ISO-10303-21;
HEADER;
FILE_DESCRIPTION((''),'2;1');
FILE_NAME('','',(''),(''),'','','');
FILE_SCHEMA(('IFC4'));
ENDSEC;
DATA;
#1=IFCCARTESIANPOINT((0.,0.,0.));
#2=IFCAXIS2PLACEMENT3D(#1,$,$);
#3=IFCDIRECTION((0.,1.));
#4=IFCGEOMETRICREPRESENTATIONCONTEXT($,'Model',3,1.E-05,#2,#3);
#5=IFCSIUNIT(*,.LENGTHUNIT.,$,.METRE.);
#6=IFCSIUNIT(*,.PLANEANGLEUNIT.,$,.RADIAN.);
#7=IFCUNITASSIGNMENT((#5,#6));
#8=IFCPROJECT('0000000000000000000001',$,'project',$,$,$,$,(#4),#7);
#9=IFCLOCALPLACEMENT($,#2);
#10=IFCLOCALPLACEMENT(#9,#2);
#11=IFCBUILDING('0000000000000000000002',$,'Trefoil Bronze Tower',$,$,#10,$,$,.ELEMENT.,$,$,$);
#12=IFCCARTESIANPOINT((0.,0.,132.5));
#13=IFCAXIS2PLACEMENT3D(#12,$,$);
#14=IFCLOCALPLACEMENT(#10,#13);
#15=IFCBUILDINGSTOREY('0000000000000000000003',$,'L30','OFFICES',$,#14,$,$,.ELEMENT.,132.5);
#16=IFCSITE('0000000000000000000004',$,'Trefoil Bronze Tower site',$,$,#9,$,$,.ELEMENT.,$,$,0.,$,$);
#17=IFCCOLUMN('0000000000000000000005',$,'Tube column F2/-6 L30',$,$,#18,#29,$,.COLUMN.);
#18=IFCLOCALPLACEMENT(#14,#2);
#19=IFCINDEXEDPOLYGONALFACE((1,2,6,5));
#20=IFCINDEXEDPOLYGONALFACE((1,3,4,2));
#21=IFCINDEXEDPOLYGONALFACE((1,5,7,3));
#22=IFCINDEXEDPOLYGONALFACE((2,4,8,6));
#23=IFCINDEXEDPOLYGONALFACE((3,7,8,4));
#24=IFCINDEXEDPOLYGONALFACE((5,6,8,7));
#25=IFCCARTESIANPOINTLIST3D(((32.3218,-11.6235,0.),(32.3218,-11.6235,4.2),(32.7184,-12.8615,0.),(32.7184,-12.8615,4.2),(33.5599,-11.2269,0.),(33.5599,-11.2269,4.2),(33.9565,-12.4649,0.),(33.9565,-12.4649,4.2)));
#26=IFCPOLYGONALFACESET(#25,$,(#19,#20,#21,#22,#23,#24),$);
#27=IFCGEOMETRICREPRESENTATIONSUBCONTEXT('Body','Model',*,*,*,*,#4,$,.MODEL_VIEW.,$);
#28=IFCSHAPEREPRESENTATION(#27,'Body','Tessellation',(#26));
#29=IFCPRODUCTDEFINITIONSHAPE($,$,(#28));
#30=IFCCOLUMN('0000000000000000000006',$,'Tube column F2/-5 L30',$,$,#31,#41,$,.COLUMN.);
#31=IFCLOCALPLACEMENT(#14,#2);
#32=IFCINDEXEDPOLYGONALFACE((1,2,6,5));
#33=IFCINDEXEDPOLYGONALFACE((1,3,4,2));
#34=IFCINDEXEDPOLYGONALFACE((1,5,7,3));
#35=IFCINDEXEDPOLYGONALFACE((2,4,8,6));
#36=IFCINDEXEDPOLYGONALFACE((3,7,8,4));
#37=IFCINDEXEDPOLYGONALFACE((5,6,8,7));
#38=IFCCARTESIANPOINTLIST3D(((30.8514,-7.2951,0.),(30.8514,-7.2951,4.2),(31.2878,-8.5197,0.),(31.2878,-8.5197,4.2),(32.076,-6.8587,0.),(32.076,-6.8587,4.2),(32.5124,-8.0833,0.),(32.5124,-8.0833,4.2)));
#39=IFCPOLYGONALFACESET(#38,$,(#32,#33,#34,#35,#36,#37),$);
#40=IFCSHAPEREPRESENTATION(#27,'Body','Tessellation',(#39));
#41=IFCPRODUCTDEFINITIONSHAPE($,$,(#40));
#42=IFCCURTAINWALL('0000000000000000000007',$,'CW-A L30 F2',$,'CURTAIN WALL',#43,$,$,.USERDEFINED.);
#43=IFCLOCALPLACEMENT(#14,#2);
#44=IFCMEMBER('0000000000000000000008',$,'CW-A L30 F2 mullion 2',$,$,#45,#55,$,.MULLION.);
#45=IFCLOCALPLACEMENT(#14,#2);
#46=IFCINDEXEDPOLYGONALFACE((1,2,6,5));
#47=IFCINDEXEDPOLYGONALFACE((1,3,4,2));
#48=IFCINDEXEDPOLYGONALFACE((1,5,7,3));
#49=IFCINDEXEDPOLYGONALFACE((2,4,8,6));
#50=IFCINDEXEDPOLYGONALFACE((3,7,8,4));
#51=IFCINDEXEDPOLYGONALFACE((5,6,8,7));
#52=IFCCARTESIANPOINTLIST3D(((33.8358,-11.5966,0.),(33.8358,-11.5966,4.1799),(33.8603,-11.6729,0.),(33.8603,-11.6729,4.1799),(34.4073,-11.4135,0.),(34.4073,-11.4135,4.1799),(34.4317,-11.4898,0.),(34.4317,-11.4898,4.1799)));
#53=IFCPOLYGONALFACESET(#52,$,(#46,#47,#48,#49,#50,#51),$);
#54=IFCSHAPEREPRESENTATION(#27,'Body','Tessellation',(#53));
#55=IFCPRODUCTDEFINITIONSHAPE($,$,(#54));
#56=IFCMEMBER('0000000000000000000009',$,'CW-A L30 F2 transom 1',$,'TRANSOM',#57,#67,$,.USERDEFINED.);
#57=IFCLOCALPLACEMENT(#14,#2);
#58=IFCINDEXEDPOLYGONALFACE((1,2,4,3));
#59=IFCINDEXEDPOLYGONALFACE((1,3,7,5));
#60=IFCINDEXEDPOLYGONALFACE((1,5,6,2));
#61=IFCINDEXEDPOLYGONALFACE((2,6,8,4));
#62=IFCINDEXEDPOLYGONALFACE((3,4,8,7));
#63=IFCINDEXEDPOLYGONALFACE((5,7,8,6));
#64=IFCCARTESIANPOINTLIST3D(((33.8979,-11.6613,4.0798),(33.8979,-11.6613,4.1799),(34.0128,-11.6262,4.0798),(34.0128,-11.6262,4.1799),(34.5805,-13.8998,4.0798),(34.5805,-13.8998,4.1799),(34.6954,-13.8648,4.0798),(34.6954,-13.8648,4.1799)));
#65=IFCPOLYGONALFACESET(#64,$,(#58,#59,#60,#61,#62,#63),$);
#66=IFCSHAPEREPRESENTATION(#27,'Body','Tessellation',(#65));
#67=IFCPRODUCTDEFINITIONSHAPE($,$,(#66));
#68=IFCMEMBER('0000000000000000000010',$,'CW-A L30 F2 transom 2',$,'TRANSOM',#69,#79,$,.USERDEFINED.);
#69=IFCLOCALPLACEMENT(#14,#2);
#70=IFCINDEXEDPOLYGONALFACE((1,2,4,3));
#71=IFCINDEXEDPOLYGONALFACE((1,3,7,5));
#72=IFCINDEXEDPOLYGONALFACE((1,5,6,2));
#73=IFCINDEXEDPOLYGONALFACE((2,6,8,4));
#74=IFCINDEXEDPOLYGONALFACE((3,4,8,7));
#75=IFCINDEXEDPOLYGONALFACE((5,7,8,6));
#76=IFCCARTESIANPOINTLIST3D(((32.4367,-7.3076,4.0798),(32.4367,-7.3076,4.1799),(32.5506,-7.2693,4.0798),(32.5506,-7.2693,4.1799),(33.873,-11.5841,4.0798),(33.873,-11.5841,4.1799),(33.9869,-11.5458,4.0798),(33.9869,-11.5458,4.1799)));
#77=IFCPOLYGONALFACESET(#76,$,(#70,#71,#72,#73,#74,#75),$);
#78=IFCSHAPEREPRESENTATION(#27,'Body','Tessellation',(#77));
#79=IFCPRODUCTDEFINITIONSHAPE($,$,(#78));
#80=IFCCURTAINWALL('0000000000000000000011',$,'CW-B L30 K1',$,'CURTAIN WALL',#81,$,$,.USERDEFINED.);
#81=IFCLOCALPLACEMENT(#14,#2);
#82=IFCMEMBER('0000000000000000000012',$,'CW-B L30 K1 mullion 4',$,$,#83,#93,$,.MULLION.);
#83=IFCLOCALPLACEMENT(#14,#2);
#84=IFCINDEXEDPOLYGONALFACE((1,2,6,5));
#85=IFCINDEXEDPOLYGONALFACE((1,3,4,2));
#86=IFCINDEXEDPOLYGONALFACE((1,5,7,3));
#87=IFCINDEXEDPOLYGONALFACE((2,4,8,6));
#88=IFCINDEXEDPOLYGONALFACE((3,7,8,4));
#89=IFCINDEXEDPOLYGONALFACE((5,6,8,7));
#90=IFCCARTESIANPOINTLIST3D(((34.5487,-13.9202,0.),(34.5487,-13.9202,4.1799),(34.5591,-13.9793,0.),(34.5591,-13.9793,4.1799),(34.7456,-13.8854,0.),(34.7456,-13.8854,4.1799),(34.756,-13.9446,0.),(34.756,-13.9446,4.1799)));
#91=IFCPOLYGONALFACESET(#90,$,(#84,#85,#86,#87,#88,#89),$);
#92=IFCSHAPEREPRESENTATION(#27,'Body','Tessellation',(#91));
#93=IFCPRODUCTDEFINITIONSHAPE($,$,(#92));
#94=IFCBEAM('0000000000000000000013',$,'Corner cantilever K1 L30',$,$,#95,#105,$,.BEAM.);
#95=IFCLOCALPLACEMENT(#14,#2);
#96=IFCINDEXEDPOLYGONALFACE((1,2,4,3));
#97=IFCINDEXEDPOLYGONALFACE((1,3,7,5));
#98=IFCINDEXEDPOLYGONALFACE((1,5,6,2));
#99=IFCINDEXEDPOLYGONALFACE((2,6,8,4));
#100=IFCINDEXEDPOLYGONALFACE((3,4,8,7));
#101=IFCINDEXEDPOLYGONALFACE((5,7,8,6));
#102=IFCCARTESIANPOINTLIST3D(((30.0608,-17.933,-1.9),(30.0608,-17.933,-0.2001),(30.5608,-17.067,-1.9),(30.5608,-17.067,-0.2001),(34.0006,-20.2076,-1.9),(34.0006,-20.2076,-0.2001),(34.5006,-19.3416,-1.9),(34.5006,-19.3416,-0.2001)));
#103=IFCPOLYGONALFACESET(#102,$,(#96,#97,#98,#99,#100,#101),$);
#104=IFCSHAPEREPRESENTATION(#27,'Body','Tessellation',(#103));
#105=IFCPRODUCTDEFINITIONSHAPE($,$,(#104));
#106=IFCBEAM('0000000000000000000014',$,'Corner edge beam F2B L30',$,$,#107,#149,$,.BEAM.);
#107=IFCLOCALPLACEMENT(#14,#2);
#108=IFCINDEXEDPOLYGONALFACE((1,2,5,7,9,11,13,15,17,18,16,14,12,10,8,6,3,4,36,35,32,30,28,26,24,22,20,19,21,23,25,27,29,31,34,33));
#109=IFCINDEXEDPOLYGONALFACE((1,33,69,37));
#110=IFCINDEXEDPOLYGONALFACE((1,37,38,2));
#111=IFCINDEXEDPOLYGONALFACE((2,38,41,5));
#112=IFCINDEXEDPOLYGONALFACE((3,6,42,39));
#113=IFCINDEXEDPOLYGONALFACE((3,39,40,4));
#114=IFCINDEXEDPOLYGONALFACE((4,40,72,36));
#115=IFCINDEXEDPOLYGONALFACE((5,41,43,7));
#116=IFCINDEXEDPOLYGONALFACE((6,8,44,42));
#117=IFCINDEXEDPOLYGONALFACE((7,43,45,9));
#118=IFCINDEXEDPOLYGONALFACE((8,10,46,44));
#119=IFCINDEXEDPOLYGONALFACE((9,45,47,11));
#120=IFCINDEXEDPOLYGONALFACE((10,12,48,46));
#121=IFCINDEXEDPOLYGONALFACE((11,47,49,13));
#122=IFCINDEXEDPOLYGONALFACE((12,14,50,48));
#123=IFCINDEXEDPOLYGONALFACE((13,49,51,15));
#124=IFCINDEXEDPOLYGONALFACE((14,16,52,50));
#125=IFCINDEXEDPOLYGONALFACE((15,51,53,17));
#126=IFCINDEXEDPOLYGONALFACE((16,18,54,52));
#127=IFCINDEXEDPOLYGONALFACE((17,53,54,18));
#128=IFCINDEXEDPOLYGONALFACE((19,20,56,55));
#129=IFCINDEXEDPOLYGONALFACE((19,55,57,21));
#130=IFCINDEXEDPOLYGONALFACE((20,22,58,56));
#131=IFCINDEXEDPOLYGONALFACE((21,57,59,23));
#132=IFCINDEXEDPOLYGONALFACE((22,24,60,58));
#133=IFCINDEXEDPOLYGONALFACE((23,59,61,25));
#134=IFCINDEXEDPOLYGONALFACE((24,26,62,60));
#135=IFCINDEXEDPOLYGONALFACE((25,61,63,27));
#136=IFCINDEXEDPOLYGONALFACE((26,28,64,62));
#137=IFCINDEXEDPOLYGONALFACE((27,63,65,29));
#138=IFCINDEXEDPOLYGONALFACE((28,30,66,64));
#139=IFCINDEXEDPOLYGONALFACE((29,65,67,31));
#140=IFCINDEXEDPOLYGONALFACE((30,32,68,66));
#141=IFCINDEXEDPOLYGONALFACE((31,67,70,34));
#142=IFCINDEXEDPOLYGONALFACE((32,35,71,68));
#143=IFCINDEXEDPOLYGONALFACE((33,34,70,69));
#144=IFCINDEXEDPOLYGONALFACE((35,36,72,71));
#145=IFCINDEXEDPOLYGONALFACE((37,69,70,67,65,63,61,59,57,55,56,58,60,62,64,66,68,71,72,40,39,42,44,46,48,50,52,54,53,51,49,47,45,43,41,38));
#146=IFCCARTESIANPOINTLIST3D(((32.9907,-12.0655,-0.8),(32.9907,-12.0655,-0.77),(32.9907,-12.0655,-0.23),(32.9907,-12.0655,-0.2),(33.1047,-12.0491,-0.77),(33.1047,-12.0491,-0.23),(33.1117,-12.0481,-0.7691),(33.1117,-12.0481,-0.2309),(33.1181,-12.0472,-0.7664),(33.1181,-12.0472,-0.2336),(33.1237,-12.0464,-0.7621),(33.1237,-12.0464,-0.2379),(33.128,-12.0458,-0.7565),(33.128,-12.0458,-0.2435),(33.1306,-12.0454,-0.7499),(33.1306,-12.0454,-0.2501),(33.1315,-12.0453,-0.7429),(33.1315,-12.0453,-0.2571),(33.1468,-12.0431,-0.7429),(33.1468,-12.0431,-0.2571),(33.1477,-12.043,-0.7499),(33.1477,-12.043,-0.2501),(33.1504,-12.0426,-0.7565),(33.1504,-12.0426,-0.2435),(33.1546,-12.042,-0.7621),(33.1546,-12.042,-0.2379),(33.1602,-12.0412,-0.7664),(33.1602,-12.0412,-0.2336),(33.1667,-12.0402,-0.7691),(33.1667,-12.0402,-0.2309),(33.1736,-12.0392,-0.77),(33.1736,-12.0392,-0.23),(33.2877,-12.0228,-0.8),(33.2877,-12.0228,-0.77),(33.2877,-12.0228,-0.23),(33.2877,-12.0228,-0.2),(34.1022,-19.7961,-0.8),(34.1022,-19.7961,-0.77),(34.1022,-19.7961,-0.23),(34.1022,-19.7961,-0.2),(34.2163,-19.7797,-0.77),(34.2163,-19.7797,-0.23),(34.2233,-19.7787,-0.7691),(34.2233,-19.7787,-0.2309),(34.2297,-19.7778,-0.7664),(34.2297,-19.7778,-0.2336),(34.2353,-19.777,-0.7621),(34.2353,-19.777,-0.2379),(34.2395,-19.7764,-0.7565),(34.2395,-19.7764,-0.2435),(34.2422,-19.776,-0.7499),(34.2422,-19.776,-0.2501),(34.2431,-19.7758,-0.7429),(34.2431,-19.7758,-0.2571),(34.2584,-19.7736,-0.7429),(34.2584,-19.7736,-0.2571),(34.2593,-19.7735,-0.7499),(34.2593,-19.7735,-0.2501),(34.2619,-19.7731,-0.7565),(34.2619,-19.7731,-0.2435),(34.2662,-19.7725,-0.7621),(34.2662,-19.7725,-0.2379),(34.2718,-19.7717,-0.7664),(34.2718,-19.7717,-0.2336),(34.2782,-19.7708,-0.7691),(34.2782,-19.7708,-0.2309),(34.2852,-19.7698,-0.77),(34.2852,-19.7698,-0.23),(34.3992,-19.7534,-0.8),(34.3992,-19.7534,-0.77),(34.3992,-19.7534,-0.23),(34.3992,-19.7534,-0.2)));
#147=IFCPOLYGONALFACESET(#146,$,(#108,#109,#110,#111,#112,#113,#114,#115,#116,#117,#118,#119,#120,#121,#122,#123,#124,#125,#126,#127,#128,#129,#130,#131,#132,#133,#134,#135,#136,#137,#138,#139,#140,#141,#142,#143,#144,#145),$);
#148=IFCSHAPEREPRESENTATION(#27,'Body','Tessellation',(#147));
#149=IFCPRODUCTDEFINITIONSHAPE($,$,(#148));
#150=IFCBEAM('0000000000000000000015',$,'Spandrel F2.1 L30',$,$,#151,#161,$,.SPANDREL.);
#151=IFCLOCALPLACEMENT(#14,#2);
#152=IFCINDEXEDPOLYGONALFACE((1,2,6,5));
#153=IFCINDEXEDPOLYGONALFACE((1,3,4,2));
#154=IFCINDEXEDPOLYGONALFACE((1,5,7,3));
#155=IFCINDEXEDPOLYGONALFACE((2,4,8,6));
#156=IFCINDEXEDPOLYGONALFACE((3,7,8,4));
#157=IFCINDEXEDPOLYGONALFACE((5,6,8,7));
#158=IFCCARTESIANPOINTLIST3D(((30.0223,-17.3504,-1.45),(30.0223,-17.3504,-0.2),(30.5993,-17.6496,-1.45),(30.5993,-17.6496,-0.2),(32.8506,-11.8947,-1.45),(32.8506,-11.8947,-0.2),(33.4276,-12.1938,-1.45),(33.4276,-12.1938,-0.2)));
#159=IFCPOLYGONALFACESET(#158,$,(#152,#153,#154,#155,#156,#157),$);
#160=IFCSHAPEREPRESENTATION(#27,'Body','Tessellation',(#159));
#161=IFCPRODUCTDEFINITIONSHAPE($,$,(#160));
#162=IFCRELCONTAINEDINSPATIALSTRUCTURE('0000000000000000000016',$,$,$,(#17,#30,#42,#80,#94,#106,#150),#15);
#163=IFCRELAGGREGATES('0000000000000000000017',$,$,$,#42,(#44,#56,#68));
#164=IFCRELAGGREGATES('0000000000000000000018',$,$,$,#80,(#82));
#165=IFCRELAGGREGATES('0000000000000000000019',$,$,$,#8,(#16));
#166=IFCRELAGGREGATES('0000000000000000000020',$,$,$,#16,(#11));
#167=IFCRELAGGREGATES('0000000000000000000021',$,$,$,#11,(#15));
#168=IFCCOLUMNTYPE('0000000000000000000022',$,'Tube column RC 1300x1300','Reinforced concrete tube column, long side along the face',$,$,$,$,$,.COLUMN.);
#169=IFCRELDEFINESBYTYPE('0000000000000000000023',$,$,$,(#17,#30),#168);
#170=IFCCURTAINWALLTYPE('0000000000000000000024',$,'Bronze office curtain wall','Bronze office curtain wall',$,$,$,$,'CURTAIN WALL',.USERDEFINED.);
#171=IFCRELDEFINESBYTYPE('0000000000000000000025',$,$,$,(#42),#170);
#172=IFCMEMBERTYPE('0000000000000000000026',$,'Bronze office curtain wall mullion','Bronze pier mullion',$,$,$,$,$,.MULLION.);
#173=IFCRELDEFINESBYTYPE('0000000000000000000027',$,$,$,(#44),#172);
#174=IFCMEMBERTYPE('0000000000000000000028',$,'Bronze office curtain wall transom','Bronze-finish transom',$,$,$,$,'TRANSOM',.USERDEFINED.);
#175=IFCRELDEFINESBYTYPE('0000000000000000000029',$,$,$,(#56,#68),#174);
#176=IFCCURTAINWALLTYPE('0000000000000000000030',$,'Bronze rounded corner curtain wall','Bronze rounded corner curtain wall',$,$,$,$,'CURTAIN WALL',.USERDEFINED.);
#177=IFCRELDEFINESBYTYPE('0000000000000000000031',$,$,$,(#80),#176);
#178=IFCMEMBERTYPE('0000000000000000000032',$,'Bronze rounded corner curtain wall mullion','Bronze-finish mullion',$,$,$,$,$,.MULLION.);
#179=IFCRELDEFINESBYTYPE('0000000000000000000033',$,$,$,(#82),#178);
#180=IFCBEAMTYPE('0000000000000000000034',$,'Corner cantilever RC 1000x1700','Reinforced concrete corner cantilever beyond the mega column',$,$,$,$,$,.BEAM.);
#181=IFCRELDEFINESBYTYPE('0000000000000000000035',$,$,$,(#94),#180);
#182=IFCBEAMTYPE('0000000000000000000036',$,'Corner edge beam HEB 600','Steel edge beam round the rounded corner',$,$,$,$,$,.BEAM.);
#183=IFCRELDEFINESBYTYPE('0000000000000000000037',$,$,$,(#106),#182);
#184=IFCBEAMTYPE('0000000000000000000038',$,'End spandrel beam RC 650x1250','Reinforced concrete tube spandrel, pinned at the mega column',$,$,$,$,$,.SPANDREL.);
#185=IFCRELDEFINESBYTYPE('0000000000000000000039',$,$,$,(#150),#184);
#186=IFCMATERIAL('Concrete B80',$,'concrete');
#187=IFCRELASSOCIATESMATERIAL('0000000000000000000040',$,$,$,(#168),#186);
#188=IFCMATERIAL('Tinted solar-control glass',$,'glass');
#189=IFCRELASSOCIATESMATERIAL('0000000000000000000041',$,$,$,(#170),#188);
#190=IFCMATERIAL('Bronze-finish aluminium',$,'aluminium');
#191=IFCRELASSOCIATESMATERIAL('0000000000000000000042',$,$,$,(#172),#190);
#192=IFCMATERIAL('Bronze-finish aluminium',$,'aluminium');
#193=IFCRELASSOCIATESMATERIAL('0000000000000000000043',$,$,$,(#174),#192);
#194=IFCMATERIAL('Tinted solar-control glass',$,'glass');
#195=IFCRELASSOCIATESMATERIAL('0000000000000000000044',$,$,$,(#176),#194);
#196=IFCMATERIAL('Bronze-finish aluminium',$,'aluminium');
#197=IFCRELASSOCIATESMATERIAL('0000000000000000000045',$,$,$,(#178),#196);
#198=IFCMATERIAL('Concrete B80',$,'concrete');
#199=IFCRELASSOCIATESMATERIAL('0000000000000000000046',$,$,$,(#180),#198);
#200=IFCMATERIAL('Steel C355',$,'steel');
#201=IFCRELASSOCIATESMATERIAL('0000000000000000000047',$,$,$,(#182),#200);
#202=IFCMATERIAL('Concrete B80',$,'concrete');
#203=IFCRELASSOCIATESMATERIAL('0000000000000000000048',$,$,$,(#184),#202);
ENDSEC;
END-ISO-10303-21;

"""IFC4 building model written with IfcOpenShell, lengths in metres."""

from ifc_helpers import new_model, si_unit, direction, frame, origin, origin_2d, place, context, subcontext, project, spatial, rectangle, i_section, extrude, material, material_profile, profile_set, type_object, element, aggregate, save


model = new_model("IFC4")

# Units and contexts
model_context = context("Model", 3, precision=1e-05, world=origin(), true_north=direction((0.0, 1.0)))
body_context = subcontext(model_context, "Body", "Model", "MODEL_VIEW")
ifc_project = project(units=[si_unit("LENGTHUNIT", "METRE"), si_unit("PLANEANGLEUNIT", "RADIAN")], contexts=[model_context])

# Site, building, storey
site_placement = place(None, origin())
site = spatial("IfcSite", under=ifc_project, at=site_placement, Name="Trefoil Bronze Tower site", CompositionType="ELEMENT", RefElevation=0.0)
building_placement = place(site_placement, origin())
building = spatial("IfcBuilding", under=site, at=building_placement, Name="Trefoil Bronze Tower", CompositionType="ELEMENT")
storey_placement = place(building_placement, frame((0.0, 0.0, 132.5)))
storey = spatial("IfcBuildingStorey", under=building, at=storey_placement, Name="L30", Description="OFFICES", CompositionType="ELEMENT", Elevation=132.5)

# Columns
ifc_material_1 = material(Name="Concrete B80", Category="concrete")
ifc_material_profile_1 = material_profile(ifc_material_1, rectangle(XDim=1.3, YDim=1.3, at=origin_2d()), Name="RC 1300x1300")
ifc_profile_set_1 = profile_set([ifc_material_profile_1], Name="Concrete B80")
column_type = type_object("IfcColumnType", Name="Tube column RC 1300x1300", Description="Reinforced concrete tube column, long side along the face", PredefinedType="COLUMN", material=ifc_profile_set_1)
for number, where, z_axis, x_axis, name in (
    (1, (33.1392, -12.0442, 0.0), (0.0, 0.0, 1.0), (-0.305066, 0.952331, 0.0), "Tube column F2/-6 L30"),
    (2, (31.6819, -7.6892, 0.0), (0.0, 0.0, 1.0), (-0.335718, 0.941963, 0.0), "Tube column F2/-5 L30"),
):
    element("IfcColumn", number, at=place(storey_placement, frame(where, z_axis=z_axis, x_axis=x_axis)), inside=storey, type_object=column_type, Name=name, PredefinedType="COLUMN", context=body_context, shape_type="SweptSolid", body=[
        extrude(rectangle(XDim=1.3, YDim=1.3, at=origin_2d()), origin(), (0.0, 0.0, 1.0), 4.2),
    ])

# Curtain wall, members
ifc_material_2 = material(Name="Tinted solar-control glass", Category="glass")
curtain_wall_type_1 = type_object("IfcCurtainWallType", Name="Bronze office curtain wall", Description="Bronze office curtain wall", ElementType="CURTAIN WALL", PredefinedType="USERDEFINED", material=ifc_material_2)
curtain_wall_1_placement = place(storey_placement, origin())
curtain_wall_1 = element("IfcCurtainWall", 3, at=curtain_wall_1_placement, inside=storey, type_object=curtain_wall_type_1, Name="CW-A L30 F2", ObjectType="CURTAIN WALL", PredefinedType="USERDEFINED")
ifc_material_3 = material(Name="Bronze-finish aluminium", Category="aluminium")
ifc_material_profile_2 = material_profile(ifc_material_3, rectangle(XDim=0.6001, YDim=0.0801, at=origin_2d()), Name="CW-A mullion")
ifc_profile_set_2 = profile_set([ifc_material_profile_2], Name="Bronze-finish aluminium")
member_type_1 = type_object("IfcMemberType", Name="Bronze office curtain wall mullion", Description="Bronze pier mullion", PredefinedType="MULLION", material=ifc_profile_set_2)
member_1_placement = place(storey_placement, frame((34.1338, -11.5432, 0.0), z_axis=(0.0, 0.0, 1.0), x_axis=(-0.952331, -0.305066, 0.0)))
member_1 = element("IfcMember", 4, at=member_1_placement, type_object=member_type_1, Name="CW-A L30 F2 mullion 2", PredefinedType="MULLION", context=body_context, shape_type="SweptSolid", body=[
    extrude(rectangle(XDim=0.6001, YDim=0.0801, at=origin_2d()), origin(), (0.0, 0.0, 1.0), 4.1799),
])
ifc_material_4 = material(Name="Bronze-finish aluminium", Category="aluminium")
ifc_material_profile_3 = material_profile(ifc_material_4, rectangle(XDim=0.1201, YDim=0.1001, at=origin_2d()), Name="CW-A transom")
ifc_profile_set_3 = profile_set([ifc_material_profile_3], Name="Bronze-finish aluminium")
member_type_2 = type_object("IfcMemberType", Name="Bronze office curtain wall transom", Description="Bronze-finish transom", ElementType="TRANSOM", PredefinedType="USERDEFINED", material=ifc_profile_set_3)
member_2_placement = place(storey_placement, frame((34.6379, -13.8823, 4.1299), z_axis=(-0.29168, 0.956516, 0.0), x_axis=(-0.956516, -0.29168, 0.0)))
member_2 = element("IfcMember", 5, at=member_2_placement, type_object=member_type_2, Name="CW-A L30 F2 transom 1", ObjectType="TRANSOM", PredefinedType="USERDEFINED", context=body_context, shape_type="SweptSolid", body=[
    extrude(rectangle(XDim=0.1201, YDim=0.1001, at=origin_2d()), origin(), (0.0, 0.0, 1.0), 2.3403),
])
member_3_placement = place(storey_placement, frame((33.9299, -11.5649, 4.1299), z_axis=(-0.318386, 0.947961, 0.0), x_axis=(-0.947961, -0.318386, 0.0)))
member_3 = element("IfcMember", 6, at=member_3_placement, type_object=member_type_2, Name="CW-A L30 F2 transom 2", ObjectType="TRANSOM", PredefinedType="USERDEFINED", context=body_context, shape_type="SweptSolid", body=[
    extrude(rectangle(XDim=0.1201, YDim=0.1001, at=origin_2d()), origin(), (0.0, 0.0, 1.0), 4.5112),
])

# Curtain wall, member
ifc_material_5 = material(Name="Tinted solar-control glass", Category="glass")
curtain_wall_type_2 = type_object("IfcCurtainWallType", Name="Bronze rounded corner curtain wall", Description="Bronze rounded corner curtain wall", ElementType="CURTAIN WALL", PredefinedType="USERDEFINED", material=ifc_material_5)
curtain_wall_2_placement = place(storey_placement, origin())
curtain_wall_2 = element("IfcCurtainWall", 7, at=curtain_wall_2_placement, inside=storey, type_object=curtain_wall_type_2, Name="CW-B L30 K1", ObjectType="CURTAIN WALL", PredefinedType="USERDEFINED")
ifc_material_6 = material(Name="Bronze-finish aluminium", Category="aluminium")
ifc_material_profile_4 = material_profile(ifc_material_6, rectangle(XDim=0.2, YDim=0.0601, at=origin_2d()), Name="CW-B mullion")
ifc_profile_set_4 = profile_set([ifc_material_profile_4], Name="Bronze-finish aluminium")
member_type_3 = type_object("IfcMemberType", Name="Bronze rounded corner curtain wall mullion", Description="Bronze-finish mullion", PredefinedType="MULLION", material=ifc_profile_set_4)
member_4_placement = place(storey_placement, frame((34.6523, -13.9324, 0.0), z_axis=(0.0, 0.0, 1.0), x_axis=(-0.984808, -0.173648, 0.0)))
member_4 = element("IfcMember", 8, at=member_4_placement, type_object=member_type_3, Name="CW-B L30 K1 mullion 4", PredefinedType="MULLION", context=body_context, shape_type="SweptSolid", body=[
    extrude(rectangle(XDim=0.2, YDim=0.0601, at=origin_2d()), origin(), (0.0, 0.0, 1.0), 4.1799),
])

# Beams
ifc_material_7 = material(Name="Concrete B80", Category="concrete")
ifc_material_profile_5 = material_profile(ifc_material_7, rectangle(XDim=1.0, YDim=1.7, at=origin_2d()), Name="RC 1000x1700")
ifc_profile_set_5 = profile_set([ifc_material_profile_5], Name="Concrete B80")
beam_type_1 = type_object("IfcBeamType", Name="Corner cantilever RC 1000x1700", Description="Reinforced concrete corner cantilever beyond the mega column", PredefinedType="BEAM", material=ifc_profile_set_5)
beam_1_placement = place(storey_placement, frame((30.3108, -17.5, -1.05), z_axis=(0.866032, -0.499989, 0.0), x_axis=(0.499989, 0.866032, 0.0)))
element("IfcBeam", 9, at=beam_1_placement, inside=storey, type_object=beam_type_1, Name="Corner cantilever K1 L30", PredefinedType="BEAM", context=body_context, shape_type="SweptSolid", body=[
    extrude(rectangle(XDim=1.0, YDim=1.7, at=origin_2d()), origin(), (0.0, 0.0, 1.0), 4.5493),
])
ifc_material_8 = material(Name="Steel C355", Category="steel")
ifc_material_profile_6 = material_profile(ifc_material_8, i_section(OverallWidth=0.3, OverallDepth=0.6001, WebThickness=0.0154, FlangeThickness=0.03, FilletRadius=0.0271, at=origin_2d()), Name="HEB 600")
ifc_profile_set_6 = profile_set([ifc_material_profile_6], Name="Steel C355")
beam_type_2 = type_object("IfcBeamType", Name="Corner edge beam HEB 600", Description="Steel edge beam round the rounded corner", PredefinedType="BEAM", material=ifc_profile_set_6)
beam_2_placement = place(storey_placement, frame((33.1392, -12.0442, -0.5), z_axis=(0.142327, -0.98982, 0.0), x_axis=(0.98982, 0.142327, 0.0)))
element("IfcBeam", 10, at=beam_2_placement, inside=storey, type_object=beam_type_2, Name="Corner edge beam F2B L30", PredefinedType="BEAM", context=body_context, shape_type="SweptSolid", body=[
    extrude(i_section(OverallWidth=0.3, OverallDepth=0.6001, WebThickness=0.0154, FlangeThickness=0.03, FilletRadius=0.0271, at=origin_2d()), origin(), (0.0, 0.0, 1.0), 7.8101),
])
ifc_material_9 = material(Name="Concrete B80", Category="concrete")
ifc_material_profile_7 = material_profile(ifc_material_9, rectangle(XDim=0.6499, YDim=1.25, at=origin_2d()), Name="RC 650x1250")
ifc_profile_set_7 = profile_set([ifc_material_profile_7], Name="Concrete B80")
beam_type_3 = type_object("IfcBeamType", Name="End spandrel beam RC 650x1250", Description="Reinforced concrete tube spandrel, pinned at the mega column", PredefinedType="SPANDREL", material=ifc_profile_set_7)
beam_3_placement = place(storey_placement, frame((30.3108, -17.5, -0.825), z_axis=(0.460244, 0.887792, 0.0), x_axis=(-0.887792, 0.460244, 0.0)))
element("IfcBeam", 11, at=beam_3_placement, inside=storey, type_object=beam_type_3, Name="Spandrel F2.1 L30", PredefinedType="SPANDREL", context=body_context, shape_type="SweptSolid", body=[
    extrude(rectangle(XDim=0.6499, YDim=1.25, at=origin_2d()), origin(), (0.0, 0.0, 1.0), 6.1453),
])

aggregate(curtain_wall_1, [member_1, member_2, member_3])
aggregate(curtain_wall_2, [member_4])

save(model, "model.ifc")
